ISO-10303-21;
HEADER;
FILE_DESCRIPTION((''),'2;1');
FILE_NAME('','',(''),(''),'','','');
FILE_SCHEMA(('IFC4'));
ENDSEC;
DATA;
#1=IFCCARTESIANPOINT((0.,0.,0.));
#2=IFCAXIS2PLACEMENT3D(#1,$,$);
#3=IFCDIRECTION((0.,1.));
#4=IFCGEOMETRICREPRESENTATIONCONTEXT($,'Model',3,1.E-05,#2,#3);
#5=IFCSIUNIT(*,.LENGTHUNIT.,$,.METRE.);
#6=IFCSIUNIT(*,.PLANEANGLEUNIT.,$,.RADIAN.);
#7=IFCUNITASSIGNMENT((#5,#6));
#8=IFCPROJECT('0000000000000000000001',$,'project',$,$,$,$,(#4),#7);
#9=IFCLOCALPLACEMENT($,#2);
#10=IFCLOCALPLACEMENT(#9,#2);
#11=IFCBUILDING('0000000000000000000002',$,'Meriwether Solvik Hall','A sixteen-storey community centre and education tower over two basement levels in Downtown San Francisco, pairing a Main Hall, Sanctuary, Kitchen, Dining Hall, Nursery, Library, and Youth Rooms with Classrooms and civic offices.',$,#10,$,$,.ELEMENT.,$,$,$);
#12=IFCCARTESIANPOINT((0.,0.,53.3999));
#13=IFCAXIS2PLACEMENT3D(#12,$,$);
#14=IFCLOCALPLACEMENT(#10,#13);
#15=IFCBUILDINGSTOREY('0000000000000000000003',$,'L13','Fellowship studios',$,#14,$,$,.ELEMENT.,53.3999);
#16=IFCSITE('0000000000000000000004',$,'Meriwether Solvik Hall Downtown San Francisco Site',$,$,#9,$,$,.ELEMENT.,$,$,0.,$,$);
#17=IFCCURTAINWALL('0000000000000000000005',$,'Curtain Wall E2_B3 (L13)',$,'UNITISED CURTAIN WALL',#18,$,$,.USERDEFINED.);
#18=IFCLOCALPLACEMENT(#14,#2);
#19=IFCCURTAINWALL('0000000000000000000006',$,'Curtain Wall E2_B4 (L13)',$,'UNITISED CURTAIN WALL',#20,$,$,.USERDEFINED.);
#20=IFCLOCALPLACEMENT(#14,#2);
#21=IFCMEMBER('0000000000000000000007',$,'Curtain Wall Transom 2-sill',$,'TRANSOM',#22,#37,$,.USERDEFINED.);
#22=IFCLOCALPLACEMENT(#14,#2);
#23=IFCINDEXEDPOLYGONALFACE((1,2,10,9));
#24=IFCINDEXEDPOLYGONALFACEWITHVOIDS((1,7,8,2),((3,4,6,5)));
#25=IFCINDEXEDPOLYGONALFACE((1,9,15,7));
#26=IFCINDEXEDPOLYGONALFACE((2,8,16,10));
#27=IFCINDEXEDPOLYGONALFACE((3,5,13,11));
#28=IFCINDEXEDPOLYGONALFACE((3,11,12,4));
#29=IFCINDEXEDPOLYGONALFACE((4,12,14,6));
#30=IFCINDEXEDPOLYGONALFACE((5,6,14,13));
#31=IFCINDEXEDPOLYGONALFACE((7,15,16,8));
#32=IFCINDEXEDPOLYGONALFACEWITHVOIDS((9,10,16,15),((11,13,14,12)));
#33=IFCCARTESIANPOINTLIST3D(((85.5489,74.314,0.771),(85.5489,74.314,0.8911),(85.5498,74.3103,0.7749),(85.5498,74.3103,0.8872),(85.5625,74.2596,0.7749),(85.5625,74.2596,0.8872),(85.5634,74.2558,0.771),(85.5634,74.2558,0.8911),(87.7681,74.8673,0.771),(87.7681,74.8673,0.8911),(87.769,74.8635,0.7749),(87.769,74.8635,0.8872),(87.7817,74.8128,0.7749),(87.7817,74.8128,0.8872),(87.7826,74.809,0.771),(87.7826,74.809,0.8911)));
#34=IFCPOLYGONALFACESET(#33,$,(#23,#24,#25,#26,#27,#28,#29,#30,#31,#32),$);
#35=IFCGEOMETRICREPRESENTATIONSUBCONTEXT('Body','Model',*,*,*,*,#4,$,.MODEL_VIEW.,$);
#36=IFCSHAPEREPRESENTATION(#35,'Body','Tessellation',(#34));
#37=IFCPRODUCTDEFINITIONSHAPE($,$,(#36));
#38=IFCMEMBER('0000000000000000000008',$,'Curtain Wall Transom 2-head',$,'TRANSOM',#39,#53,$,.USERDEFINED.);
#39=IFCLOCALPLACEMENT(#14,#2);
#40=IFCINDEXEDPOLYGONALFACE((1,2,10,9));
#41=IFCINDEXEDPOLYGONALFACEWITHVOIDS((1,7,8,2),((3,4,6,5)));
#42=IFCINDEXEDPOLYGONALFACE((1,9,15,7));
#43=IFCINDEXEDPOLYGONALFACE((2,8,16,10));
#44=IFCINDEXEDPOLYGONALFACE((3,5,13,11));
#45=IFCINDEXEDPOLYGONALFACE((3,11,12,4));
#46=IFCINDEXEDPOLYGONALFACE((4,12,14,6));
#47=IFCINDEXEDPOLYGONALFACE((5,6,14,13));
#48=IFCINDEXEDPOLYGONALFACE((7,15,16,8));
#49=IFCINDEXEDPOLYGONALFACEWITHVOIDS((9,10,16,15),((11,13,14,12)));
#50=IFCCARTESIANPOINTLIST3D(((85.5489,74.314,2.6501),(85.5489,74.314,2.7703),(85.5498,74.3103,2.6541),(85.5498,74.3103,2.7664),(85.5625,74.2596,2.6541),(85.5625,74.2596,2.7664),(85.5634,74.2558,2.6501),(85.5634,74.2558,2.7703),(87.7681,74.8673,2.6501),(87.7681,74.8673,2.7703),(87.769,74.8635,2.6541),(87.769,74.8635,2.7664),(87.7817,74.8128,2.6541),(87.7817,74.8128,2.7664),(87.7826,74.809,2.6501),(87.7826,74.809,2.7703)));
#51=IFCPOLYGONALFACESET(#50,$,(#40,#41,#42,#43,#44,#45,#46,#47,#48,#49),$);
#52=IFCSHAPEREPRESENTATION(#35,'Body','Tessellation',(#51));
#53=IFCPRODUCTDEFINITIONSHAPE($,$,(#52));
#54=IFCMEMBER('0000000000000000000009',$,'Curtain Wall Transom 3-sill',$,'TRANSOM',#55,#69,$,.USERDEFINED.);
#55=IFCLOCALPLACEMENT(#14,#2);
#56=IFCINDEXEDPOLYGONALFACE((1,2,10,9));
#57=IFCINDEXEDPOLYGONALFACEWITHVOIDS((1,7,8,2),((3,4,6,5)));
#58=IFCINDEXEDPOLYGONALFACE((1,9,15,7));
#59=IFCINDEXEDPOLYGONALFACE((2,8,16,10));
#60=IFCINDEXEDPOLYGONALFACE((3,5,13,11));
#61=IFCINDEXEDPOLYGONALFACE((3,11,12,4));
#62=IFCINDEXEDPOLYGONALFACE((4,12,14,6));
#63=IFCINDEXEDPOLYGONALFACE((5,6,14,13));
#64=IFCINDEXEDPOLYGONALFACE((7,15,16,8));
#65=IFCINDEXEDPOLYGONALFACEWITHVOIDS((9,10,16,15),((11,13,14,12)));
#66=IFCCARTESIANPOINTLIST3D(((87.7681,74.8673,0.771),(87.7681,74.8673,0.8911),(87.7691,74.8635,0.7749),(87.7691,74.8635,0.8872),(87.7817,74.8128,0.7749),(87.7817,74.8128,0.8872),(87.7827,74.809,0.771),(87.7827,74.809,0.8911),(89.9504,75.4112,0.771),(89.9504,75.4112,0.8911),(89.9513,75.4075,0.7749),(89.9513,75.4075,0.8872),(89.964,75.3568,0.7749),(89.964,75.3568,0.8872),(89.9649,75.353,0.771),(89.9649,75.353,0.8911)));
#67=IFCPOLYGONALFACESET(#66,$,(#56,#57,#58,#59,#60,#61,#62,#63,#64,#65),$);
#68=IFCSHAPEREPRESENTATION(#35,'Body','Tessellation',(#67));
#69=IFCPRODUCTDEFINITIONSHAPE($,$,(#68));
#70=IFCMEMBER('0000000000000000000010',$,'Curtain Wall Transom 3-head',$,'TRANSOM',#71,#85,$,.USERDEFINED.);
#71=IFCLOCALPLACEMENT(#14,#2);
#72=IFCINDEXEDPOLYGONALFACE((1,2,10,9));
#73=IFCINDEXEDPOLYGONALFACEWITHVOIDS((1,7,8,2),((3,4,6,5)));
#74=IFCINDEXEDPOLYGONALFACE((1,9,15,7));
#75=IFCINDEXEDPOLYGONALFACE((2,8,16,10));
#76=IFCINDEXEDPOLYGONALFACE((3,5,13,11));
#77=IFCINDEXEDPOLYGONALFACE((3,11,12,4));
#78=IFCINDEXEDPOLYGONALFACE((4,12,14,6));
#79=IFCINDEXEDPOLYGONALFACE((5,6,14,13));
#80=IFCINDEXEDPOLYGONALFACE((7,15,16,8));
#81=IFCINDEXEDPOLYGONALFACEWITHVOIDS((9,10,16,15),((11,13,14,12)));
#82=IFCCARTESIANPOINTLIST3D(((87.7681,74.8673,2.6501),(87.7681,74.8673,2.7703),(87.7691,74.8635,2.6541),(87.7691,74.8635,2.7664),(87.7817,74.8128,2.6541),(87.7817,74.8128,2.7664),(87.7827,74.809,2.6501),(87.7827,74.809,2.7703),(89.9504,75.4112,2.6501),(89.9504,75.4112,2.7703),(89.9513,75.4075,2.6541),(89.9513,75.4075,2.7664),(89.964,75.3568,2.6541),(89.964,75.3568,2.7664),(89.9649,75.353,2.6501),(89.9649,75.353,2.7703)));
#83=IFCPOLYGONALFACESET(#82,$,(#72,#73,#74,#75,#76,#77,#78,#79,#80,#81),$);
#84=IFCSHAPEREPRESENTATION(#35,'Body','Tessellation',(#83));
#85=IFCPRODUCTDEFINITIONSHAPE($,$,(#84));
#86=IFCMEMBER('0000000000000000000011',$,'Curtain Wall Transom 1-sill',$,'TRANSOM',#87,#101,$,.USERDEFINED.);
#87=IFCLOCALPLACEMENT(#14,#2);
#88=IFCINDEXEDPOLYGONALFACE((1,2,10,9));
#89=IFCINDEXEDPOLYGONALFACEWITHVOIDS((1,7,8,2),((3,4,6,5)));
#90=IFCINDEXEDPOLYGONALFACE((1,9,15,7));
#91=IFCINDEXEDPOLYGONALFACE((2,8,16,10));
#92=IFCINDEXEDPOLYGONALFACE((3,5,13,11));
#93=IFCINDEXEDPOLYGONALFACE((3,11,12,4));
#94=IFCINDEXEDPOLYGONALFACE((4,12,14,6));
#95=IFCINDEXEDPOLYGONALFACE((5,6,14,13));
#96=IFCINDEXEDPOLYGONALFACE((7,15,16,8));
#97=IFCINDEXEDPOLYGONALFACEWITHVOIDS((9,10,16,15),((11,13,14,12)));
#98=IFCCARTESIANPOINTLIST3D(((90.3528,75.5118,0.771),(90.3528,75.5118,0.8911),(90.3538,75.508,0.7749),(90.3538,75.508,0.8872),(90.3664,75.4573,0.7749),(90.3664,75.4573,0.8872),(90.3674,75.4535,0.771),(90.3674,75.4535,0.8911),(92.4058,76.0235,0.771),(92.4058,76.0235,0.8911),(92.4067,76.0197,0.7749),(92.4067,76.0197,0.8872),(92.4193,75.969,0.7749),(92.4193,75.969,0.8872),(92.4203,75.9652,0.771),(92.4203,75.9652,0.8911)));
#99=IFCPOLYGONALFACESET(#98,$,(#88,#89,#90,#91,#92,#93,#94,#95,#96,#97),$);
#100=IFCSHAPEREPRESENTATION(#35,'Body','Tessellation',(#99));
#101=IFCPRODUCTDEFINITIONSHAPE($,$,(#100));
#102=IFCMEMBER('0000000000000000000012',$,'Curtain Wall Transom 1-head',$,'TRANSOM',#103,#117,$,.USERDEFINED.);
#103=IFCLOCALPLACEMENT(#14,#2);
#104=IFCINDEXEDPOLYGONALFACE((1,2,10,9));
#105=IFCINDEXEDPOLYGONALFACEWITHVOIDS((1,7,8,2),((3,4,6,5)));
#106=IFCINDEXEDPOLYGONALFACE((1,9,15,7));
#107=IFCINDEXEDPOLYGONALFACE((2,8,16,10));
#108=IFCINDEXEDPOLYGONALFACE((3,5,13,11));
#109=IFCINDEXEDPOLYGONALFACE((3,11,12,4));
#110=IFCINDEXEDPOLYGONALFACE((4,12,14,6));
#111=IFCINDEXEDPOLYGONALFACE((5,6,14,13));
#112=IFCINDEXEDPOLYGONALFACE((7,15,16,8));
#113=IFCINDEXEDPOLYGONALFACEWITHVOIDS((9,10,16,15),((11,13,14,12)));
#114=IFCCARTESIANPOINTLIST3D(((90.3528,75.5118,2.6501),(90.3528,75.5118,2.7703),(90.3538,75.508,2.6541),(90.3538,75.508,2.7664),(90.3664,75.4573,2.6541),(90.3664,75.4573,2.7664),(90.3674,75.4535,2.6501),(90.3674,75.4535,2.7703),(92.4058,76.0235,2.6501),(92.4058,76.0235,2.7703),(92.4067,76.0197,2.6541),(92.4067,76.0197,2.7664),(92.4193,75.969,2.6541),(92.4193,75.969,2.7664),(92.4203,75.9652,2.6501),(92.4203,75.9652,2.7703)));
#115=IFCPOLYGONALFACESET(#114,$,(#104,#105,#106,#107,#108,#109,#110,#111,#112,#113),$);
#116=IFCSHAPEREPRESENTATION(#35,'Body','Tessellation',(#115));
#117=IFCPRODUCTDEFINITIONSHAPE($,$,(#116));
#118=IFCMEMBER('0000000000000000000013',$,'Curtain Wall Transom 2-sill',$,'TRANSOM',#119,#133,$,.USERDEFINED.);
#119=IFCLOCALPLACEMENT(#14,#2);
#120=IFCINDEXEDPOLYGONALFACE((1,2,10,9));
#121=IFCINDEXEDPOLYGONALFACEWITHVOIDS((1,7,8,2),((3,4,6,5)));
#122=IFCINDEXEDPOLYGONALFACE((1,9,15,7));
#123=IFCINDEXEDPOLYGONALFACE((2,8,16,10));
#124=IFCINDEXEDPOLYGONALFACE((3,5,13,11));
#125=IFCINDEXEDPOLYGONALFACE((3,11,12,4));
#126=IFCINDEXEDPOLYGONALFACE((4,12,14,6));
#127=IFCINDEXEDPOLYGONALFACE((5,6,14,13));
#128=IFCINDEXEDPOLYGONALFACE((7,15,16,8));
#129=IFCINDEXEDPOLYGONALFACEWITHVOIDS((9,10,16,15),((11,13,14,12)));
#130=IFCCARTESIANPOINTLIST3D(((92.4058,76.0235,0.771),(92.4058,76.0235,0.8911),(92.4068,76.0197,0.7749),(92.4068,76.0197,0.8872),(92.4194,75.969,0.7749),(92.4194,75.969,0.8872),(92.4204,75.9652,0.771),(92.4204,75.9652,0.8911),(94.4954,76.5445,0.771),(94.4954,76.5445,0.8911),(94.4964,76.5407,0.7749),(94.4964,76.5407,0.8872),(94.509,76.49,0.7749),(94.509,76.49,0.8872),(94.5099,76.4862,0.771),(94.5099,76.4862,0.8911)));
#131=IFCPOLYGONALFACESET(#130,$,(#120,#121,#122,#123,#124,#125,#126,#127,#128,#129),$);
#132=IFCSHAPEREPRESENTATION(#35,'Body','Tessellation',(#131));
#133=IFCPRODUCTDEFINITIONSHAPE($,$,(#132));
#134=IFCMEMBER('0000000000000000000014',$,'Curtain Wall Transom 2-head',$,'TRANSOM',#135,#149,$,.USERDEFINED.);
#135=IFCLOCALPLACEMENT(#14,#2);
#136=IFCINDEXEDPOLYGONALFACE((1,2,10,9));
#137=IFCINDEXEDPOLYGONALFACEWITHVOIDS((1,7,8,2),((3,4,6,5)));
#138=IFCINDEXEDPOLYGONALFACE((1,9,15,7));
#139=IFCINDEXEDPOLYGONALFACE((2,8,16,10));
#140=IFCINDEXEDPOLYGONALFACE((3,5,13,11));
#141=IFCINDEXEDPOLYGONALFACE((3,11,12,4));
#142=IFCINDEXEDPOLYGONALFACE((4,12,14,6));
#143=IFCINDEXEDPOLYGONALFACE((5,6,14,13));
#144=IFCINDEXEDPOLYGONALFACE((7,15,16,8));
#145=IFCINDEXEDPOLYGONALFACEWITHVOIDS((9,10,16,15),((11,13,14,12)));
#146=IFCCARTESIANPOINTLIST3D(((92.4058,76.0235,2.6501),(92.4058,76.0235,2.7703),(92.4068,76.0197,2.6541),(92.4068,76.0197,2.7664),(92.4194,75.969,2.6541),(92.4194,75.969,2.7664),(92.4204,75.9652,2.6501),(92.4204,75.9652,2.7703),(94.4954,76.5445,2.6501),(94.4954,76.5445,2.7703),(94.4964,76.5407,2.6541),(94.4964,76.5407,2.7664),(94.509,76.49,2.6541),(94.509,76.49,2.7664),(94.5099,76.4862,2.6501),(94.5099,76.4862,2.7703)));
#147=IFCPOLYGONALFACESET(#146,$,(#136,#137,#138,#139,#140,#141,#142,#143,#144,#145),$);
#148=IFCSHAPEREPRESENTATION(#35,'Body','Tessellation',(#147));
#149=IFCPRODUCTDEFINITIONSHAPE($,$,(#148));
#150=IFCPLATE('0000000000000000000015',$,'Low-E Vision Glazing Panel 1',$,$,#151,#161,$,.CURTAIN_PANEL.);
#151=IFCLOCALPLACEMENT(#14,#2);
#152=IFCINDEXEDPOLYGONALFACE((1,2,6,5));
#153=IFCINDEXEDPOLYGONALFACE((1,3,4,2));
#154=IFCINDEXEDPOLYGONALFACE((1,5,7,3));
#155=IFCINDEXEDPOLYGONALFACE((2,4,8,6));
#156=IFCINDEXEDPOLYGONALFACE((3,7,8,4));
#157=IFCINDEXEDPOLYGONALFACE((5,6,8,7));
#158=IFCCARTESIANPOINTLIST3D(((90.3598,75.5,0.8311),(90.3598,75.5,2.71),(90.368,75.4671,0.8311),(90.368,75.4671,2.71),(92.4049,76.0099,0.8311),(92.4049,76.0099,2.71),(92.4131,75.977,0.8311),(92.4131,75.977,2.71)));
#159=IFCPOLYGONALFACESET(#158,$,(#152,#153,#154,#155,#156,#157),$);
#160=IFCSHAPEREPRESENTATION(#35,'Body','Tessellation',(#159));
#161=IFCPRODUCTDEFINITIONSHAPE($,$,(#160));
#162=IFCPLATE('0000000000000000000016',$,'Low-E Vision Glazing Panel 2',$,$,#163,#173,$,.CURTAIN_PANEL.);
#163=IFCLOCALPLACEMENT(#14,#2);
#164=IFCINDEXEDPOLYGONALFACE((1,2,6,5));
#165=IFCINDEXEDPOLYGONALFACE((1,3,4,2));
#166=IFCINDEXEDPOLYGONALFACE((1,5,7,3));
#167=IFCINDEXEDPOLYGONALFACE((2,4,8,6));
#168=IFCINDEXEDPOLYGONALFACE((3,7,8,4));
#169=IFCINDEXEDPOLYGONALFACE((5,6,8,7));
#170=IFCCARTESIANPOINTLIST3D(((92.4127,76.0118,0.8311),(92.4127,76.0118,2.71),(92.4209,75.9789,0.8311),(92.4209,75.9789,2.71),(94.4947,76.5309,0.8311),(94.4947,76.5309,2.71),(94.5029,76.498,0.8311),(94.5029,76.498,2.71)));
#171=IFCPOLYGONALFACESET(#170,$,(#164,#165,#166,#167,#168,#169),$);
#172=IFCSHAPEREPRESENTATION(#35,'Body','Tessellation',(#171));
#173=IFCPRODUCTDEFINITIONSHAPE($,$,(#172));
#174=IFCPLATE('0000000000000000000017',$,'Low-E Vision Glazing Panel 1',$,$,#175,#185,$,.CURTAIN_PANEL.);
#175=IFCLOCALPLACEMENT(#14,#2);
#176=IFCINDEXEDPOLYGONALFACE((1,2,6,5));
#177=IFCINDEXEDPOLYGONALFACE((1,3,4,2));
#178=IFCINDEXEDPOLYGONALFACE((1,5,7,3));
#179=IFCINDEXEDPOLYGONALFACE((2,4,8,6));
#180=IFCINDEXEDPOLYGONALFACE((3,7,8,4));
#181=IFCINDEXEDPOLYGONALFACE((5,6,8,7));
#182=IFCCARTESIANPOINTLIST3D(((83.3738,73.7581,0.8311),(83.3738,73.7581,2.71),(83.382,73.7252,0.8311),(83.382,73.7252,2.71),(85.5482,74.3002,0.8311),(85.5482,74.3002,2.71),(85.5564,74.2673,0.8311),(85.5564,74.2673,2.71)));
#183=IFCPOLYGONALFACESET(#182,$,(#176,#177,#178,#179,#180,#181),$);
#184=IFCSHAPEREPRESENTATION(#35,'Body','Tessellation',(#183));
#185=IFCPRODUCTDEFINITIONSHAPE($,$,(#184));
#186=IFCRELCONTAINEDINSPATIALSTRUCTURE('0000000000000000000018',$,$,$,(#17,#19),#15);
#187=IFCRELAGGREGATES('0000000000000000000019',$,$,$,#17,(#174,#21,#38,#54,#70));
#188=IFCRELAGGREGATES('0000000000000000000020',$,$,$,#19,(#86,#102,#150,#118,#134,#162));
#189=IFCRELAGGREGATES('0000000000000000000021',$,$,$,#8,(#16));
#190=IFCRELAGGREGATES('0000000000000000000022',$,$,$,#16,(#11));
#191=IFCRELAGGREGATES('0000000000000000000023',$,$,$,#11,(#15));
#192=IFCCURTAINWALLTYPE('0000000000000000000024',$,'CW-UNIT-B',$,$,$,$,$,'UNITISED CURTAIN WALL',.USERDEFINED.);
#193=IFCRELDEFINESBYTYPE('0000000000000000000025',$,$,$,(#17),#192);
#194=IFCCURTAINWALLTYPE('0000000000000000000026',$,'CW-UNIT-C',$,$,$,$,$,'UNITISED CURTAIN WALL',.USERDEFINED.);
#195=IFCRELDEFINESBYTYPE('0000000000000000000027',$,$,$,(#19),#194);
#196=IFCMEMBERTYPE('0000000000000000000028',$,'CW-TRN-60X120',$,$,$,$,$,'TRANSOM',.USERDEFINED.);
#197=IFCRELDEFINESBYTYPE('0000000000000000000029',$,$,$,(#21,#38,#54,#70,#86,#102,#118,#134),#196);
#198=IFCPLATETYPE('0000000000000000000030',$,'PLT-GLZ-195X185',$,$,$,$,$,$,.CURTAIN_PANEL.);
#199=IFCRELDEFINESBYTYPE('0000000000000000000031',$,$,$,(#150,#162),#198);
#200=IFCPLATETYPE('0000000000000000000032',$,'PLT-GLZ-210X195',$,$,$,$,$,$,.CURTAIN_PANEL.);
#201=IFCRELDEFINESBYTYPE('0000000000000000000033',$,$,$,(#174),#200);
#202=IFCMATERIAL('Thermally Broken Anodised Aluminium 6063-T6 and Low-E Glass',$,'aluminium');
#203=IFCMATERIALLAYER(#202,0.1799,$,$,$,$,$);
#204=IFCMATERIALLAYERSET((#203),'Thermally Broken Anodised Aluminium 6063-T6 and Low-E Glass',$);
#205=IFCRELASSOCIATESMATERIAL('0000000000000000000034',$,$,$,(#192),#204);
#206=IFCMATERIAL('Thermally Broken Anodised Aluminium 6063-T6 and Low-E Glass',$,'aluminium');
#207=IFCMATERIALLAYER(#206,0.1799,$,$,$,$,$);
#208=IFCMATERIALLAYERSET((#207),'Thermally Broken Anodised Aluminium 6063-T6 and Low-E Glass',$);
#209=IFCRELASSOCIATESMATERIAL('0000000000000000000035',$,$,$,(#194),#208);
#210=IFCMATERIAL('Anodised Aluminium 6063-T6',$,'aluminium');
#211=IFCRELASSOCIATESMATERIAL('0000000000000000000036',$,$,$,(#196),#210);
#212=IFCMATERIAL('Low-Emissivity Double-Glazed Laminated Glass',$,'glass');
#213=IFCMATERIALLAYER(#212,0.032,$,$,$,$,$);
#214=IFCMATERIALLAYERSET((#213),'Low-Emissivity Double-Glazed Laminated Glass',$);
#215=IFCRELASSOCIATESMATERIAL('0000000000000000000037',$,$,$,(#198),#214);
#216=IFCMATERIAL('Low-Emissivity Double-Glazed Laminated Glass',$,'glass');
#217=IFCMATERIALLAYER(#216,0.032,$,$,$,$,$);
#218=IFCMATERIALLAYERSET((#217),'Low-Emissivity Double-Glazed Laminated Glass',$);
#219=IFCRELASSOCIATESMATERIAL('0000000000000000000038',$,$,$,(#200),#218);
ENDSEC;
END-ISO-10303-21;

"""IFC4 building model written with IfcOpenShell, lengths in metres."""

from ifc_helpers import new_model, si_unit, direction, frame, origin, origin_2d, place, context, subcontext, project, spatial, rectangle, hollow_rectangle, extrude, material, layer, layer_set, material_profile, profile_set, type_object, element, aggregate, save


model = new_model("IFC4")

# Units and contexts
model_context = context("Model", 3, precision=1e-05, world=origin(), true_north=direction((0.0, 1.0)))
body_context = subcontext(model_context, "Body", "Model", "MODEL_VIEW")
ifc_project = project(units=[si_unit("LENGTHUNIT", "METRE"), si_unit("PLANEANGLEUNIT", "RADIAN")], contexts=[model_context])

# Site, building, storey
site_placement = place(None, origin())
site = spatial("IfcSite", under=ifc_project, at=site_placement, Name="Meriwether Solvik Hall Downtown San Francisco Site", CompositionType="ELEMENT", RefElevation=0.0)
building_placement = place(site_placement, origin())
building = spatial("IfcBuilding", under=site, at=building_placement, Name="Meriwether Solvik Hall", Description="A sixteen-storey community centre and education tower over two basement levels in Downtown San Francisco, pairing a Main Hall, Sanctuary, Kitchen, Dining Hall, Nursery, Library, and Youth Rooms with Classrooms and civic offices.", CompositionType="ELEMENT")
storey_placement = place(building_placement, frame((0.0, 0.0, 53.3999)))
storey = spatial("IfcBuildingStorey", under=building, at=storey_placement, Name="L13", Description="Fellowship studios", CompositionType="ELEMENT", Elevation=53.3999)

# Curtain walls
ifc_material_1 = material(Name="Thermally Broken Anodised Aluminium 6063-T6 and Low-E Glass", Category="aluminium")
ifc_layer_1 = layer(ifc_material_1, 0.1799)
ifc_layer_set_1 = layer_set([ifc_layer_1], Name="Thermally Broken Anodised Aluminium 6063-T6 and Low-E Glass")
curtain_wall_type_1 = type_object("IfcCurtainWallType", Name="CW-UNIT-B", ElementType="UNITISED CURTAIN WALL", PredefinedType="USERDEFINED", material=ifc_layer_set_1)
curtain_wall_1_placement = place(storey_placement, origin())
curtain_wall_1 = element("IfcCurtainWall", 1, at=curtain_wall_1_placement, inside=storey, type_object=curtain_wall_type_1, Name="Curtain Wall E2_B3 (L13)", ObjectType="UNITISED CURTAIN WALL", PredefinedType="USERDEFINED")
ifc_material_2 = material(Name="Thermally Broken Anodised Aluminium 6063-T6 and Low-E Glass", Category="aluminium")
ifc_layer_2 = layer(ifc_material_2, 0.1799)
ifc_layer_set_2 = layer_set([ifc_layer_2], Name="Thermally Broken Anodised Aluminium 6063-T6 and Low-E Glass")
curtain_wall_type_2 = type_object("IfcCurtainWallType", Name="CW-UNIT-C", ElementType="UNITISED CURTAIN WALL", PredefinedType="USERDEFINED", material=ifc_layer_set_2)
curtain_wall_2_placement = place(storey_placement, origin())
curtain_wall_2 = element("IfcCurtainWall", 2, at=curtain_wall_2_placement, inside=storey, type_object=curtain_wall_type_2, Name="Curtain Wall E2_B4 (L13)", ObjectType="UNITISED CURTAIN WALL", PredefinedType="USERDEFINED")

# Members
ifc_material_3 = material(Name="Anodised Aluminium 6063-T6", Category="aluminium")
ifc_material_profile_1 = material_profile(ifc_material_3, hollow_rectangle(XDim=0.0601, YDim=0.1201, WallThickness=0.0039, at=origin_2d()), Name="CWT-60X120")
ifc_profile_set_1 = profile_set([ifc_material_profile_1], Name="Anodised Aluminium 6063-T6")
member_type_1 = type_object("IfcMemberType", Name="CW-TRN-60X120", ElementType="TRANSOM", PredefinedType="USERDEFINED", material=ifc_profile_set_1)
member_1_placement = place(storey_placement, frame((85.5562, 74.2849, 0.8311), z_axis=(0.970306, 0.241883, 0.0), x_axis=(-0.241883, 0.970306, 0.0)))
member_1 = element("IfcMember", 3, at=member_1_placement, type_object=member_type_1, Name="Curtain Wall Transom 2-sill", ObjectType="TRANSOM", PredefinedType="USERDEFINED", context=body_context, shape_type="SweptSolid", body=[
    extrude(hollow_rectangle(XDim=0.0601, YDim=0.1201, WallThickness=0.0039, at=origin_2d()), origin(), (0.0, 0.0, 1.0), 2.2871),
])
member_2_placement = place(storey_placement, frame((85.5562, 74.2849, 2.7102), z_axis=(0.970306, 0.241883, 0.0), x_axis=(-0.241883, 0.970306, 0.0)))
member_2 = element("IfcMember", 4, at=member_2_placement, type_object=member_type_1, Name="Curtain Wall Transom 2-head", ObjectType="TRANSOM", PredefinedType="USERDEFINED", context=body_context, shape_type="SweptSolid", body=[
    extrude(hollow_rectangle(XDim=0.0601, YDim=0.1201, WallThickness=0.0039, at=origin_2d()), origin(), (0.0, 0.0, 1.0), 2.2871),
])
member_3_placement = place(storey_placement, frame((87.7754, 74.8381, 0.8311), z_axis=(0.970308, 0.241871, 0.0), x_axis=(-0.241871, 0.970308, 0.0)))
member_3 = element("IfcMember", 5, at=member_3_placement, type_object=member_type_1, Name="Curtain Wall Transom 3-sill", ObjectType="TRANSOM", PredefinedType="USERDEFINED", context=body_context, shape_type="SweptSolid", body=[
    extrude(hollow_rectangle(XDim=0.0601, YDim=0.1201, WallThickness=0.0039, at=origin_2d()), origin(), (0.0, 0.0, 1.0), 2.249),
])
member_4_placement = place(storey_placement, frame((87.7754, 74.8381, 2.7102), z_axis=(0.970308, 0.241871, 0.0), x_axis=(-0.241871, 0.970308, 0.0)))
member_4 = element("IfcMember", 6, at=member_4_placement, type_object=member_type_1, Name="Curtain Wall Transom 3-head", ObjectType="TRANSOM", PredefinedType="USERDEFINED", context=body_context, shape_type="SweptSolid", body=[
    extrude(hollow_rectangle(XDim=0.0601, YDim=0.1201, WallThickness=0.0039, at=origin_2d()), origin(), (0.0, 0.0, 1.0), 2.249),
])
member_5_placement = place(storey_placement, frame((90.3601, 75.4827, 0.8311), z_axis=(0.970312, 0.241857, 0.0), x_axis=(-0.241857, 0.970312, 0.0)))
member_5 = element("IfcMember", 7, at=member_5_placement, type_object=member_type_1, Name="Curtain Wall Transom 1-sill", ObjectType="TRANSOM", PredefinedType="USERDEFINED", context=body_context, shape_type="SweptSolid", body=[
    extrude(hollow_rectangle(XDim=0.0601, YDim=0.1201, WallThickness=0.0039, at=origin_2d()), origin(), (0.0, 0.0, 1.0), 2.1157),
])
member_6_placement = place(storey_placement, frame((90.3601, 75.4827, 2.7102), z_axis=(0.970312, 0.241857, 0.0), x_axis=(-0.241857, 0.970312, 0.0)))
member_6 = element("IfcMember", 8, at=member_6_placement, type_object=member_type_1, Name="Curtain Wall Transom 1-head", ObjectType="TRANSOM", PredefinedType="USERDEFINED", context=body_context, shape_type="SweptSolid", body=[
    extrude(hollow_rectangle(XDim=0.0601, YDim=0.1201, WallThickness=0.0039, at=origin_2d()), origin(), (0.0, 0.0, 1.0), 2.1157),
])
member_7_placement = place(storey_placement, frame((92.4131, 75.9944, 0.8311), z_axis=(0.970296, 0.241922, 0.0), x_axis=(-0.241922, 0.970296, 0.0)))
member_7 = element("IfcMember", 9, at=member_7_placement, type_object=member_type_1, Name="Curtain Wall Transom 2-sill", ObjectType="TRANSOM", PredefinedType="USERDEFINED", context=body_context, shape_type="SweptSolid", body=[
    extrude(hollow_rectangle(XDim=0.0601, YDim=0.1201, WallThickness=0.0039, at=origin_2d()), origin(), (0.0, 0.0, 1.0), 2.1536),
])
member_8_placement = place(storey_placement, frame((92.4131, 75.9944, 2.7102), z_axis=(0.970296, 0.241922, 0.0), x_axis=(-0.241922, 0.970296, 0.0)))
member_8 = element("IfcMember", 10, at=member_8_placement, type_object=member_type_1, Name="Curtain Wall Transom 2-head", ObjectType="TRANSOM", PredefinedType="USERDEFINED", context=body_context, shape_type="SweptSolid", body=[
    extrude(hollow_rectangle(XDim=0.0601, YDim=0.1201, WallThickness=0.0039, at=origin_2d()), origin(), (0.0, 0.0, 1.0), 2.1536),
])

# Plates
ifc_material_4 = material(Name="Low-Emissivity Double-Glazed Laminated Glass", Category="glass")
ifc_layer_3 = layer(ifc_material_4, 0.032)
ifc_layer_set_3 = layer_set([ifc_layer_3], Name="Low-Emissivity Double-Glazed Laminated Glass")
plate_type_1 = type_object("IfcPlateType", Name="PLT-GLZ-195X185", PredefinedType="CURTAIN_PANEL", material=ifc_layer_set_3)
plate_1_placement = place(storey_placement, frame((91.3865, 75.7385, 0.8311), z_axis=(0.0, 0.0, 1.0), x_axis=(0.970296, 0.241922, 0.0)))
plate_1 = element("IfcPlate", 11, at=plate_1_placement, type_object=plate_type_1, Name="Low-E Vision Glazing Panel 1", PredefinedType="CURTAIN_PANEL", context=body_context, shape_type="SweptSolid", body=[
    extrude(rectangle(XDim=2.1077, YDim=0.0339, at=origin_2d()), origin(), (0.0, 0.0, 1.0), 1.8789),
])
plate_2_placement = place(storey_placement, frame((93.4578, 76.2549, 0.8311), z_axis=(0.0, 0.0, 1.0), x_axis=(0.970296, 0.241922, 0.0)))
plate_2 = element("IfcPlate", 12, at=plate_2_placement, type_object=plate_type_1, Name="Low-E Vision Glazing Panel 2", PredefinedType="CURTAIN_PANEL", context=body_context, shape_type="SweptSolid", body=[
    extrude(rectangle(XDim=2.1458, YDim=0.0339, at=origin_2d()), origin(), (0.0, 0.0, 1.0), 1.8789),
])
ifc_material_5 = material(Name="Low-Emissivity Double-Glazed Laminated Glass", Category="glass")
ifc_layer_4 = layer(ifc_material_5, 0.032)
ifc_layer_set_4 = layer_set([ifc_layer_4], Name="Low-Emissivity Double-Glazed Laminated Glass")
plate_type_2 = type_object("IfcPlateType", Name="PLT-GLZ-210X195", PredefinedType="CURTAIN_PANEL", material=ifc_layer_set_4)
plate_3_placement = place(storey_placement, frame((84.4651, 74.0127, 0.8311), z_axis=(0.0, 0.0, 1.0), x_axis=(0.970296, 0.241922, 0.0)))
plate_3 = element("IfcPlate", 13, at=plate_3_placement, type_object=plate_type_2, Name="Low-E Vision Glazing Panel 1", PredefinedType="CURTAIN_PANEL", context=body_context, shape_type="SweptSolid", body=[
    extrude(rectangle(XDim=2.241, YDim=0.0339, at=origin_2d()), origin(), (0.0, 0.0, 1.0), 1.8789),
])
aggregate(curtain_wall_1, [plate_3, member_1, member_2, member_3, member_4])
aggregate(curtain_wall_2, [member_5, member_6, plate_1, member_7, member_8, plate_2])

save(model, "model.ifc")
